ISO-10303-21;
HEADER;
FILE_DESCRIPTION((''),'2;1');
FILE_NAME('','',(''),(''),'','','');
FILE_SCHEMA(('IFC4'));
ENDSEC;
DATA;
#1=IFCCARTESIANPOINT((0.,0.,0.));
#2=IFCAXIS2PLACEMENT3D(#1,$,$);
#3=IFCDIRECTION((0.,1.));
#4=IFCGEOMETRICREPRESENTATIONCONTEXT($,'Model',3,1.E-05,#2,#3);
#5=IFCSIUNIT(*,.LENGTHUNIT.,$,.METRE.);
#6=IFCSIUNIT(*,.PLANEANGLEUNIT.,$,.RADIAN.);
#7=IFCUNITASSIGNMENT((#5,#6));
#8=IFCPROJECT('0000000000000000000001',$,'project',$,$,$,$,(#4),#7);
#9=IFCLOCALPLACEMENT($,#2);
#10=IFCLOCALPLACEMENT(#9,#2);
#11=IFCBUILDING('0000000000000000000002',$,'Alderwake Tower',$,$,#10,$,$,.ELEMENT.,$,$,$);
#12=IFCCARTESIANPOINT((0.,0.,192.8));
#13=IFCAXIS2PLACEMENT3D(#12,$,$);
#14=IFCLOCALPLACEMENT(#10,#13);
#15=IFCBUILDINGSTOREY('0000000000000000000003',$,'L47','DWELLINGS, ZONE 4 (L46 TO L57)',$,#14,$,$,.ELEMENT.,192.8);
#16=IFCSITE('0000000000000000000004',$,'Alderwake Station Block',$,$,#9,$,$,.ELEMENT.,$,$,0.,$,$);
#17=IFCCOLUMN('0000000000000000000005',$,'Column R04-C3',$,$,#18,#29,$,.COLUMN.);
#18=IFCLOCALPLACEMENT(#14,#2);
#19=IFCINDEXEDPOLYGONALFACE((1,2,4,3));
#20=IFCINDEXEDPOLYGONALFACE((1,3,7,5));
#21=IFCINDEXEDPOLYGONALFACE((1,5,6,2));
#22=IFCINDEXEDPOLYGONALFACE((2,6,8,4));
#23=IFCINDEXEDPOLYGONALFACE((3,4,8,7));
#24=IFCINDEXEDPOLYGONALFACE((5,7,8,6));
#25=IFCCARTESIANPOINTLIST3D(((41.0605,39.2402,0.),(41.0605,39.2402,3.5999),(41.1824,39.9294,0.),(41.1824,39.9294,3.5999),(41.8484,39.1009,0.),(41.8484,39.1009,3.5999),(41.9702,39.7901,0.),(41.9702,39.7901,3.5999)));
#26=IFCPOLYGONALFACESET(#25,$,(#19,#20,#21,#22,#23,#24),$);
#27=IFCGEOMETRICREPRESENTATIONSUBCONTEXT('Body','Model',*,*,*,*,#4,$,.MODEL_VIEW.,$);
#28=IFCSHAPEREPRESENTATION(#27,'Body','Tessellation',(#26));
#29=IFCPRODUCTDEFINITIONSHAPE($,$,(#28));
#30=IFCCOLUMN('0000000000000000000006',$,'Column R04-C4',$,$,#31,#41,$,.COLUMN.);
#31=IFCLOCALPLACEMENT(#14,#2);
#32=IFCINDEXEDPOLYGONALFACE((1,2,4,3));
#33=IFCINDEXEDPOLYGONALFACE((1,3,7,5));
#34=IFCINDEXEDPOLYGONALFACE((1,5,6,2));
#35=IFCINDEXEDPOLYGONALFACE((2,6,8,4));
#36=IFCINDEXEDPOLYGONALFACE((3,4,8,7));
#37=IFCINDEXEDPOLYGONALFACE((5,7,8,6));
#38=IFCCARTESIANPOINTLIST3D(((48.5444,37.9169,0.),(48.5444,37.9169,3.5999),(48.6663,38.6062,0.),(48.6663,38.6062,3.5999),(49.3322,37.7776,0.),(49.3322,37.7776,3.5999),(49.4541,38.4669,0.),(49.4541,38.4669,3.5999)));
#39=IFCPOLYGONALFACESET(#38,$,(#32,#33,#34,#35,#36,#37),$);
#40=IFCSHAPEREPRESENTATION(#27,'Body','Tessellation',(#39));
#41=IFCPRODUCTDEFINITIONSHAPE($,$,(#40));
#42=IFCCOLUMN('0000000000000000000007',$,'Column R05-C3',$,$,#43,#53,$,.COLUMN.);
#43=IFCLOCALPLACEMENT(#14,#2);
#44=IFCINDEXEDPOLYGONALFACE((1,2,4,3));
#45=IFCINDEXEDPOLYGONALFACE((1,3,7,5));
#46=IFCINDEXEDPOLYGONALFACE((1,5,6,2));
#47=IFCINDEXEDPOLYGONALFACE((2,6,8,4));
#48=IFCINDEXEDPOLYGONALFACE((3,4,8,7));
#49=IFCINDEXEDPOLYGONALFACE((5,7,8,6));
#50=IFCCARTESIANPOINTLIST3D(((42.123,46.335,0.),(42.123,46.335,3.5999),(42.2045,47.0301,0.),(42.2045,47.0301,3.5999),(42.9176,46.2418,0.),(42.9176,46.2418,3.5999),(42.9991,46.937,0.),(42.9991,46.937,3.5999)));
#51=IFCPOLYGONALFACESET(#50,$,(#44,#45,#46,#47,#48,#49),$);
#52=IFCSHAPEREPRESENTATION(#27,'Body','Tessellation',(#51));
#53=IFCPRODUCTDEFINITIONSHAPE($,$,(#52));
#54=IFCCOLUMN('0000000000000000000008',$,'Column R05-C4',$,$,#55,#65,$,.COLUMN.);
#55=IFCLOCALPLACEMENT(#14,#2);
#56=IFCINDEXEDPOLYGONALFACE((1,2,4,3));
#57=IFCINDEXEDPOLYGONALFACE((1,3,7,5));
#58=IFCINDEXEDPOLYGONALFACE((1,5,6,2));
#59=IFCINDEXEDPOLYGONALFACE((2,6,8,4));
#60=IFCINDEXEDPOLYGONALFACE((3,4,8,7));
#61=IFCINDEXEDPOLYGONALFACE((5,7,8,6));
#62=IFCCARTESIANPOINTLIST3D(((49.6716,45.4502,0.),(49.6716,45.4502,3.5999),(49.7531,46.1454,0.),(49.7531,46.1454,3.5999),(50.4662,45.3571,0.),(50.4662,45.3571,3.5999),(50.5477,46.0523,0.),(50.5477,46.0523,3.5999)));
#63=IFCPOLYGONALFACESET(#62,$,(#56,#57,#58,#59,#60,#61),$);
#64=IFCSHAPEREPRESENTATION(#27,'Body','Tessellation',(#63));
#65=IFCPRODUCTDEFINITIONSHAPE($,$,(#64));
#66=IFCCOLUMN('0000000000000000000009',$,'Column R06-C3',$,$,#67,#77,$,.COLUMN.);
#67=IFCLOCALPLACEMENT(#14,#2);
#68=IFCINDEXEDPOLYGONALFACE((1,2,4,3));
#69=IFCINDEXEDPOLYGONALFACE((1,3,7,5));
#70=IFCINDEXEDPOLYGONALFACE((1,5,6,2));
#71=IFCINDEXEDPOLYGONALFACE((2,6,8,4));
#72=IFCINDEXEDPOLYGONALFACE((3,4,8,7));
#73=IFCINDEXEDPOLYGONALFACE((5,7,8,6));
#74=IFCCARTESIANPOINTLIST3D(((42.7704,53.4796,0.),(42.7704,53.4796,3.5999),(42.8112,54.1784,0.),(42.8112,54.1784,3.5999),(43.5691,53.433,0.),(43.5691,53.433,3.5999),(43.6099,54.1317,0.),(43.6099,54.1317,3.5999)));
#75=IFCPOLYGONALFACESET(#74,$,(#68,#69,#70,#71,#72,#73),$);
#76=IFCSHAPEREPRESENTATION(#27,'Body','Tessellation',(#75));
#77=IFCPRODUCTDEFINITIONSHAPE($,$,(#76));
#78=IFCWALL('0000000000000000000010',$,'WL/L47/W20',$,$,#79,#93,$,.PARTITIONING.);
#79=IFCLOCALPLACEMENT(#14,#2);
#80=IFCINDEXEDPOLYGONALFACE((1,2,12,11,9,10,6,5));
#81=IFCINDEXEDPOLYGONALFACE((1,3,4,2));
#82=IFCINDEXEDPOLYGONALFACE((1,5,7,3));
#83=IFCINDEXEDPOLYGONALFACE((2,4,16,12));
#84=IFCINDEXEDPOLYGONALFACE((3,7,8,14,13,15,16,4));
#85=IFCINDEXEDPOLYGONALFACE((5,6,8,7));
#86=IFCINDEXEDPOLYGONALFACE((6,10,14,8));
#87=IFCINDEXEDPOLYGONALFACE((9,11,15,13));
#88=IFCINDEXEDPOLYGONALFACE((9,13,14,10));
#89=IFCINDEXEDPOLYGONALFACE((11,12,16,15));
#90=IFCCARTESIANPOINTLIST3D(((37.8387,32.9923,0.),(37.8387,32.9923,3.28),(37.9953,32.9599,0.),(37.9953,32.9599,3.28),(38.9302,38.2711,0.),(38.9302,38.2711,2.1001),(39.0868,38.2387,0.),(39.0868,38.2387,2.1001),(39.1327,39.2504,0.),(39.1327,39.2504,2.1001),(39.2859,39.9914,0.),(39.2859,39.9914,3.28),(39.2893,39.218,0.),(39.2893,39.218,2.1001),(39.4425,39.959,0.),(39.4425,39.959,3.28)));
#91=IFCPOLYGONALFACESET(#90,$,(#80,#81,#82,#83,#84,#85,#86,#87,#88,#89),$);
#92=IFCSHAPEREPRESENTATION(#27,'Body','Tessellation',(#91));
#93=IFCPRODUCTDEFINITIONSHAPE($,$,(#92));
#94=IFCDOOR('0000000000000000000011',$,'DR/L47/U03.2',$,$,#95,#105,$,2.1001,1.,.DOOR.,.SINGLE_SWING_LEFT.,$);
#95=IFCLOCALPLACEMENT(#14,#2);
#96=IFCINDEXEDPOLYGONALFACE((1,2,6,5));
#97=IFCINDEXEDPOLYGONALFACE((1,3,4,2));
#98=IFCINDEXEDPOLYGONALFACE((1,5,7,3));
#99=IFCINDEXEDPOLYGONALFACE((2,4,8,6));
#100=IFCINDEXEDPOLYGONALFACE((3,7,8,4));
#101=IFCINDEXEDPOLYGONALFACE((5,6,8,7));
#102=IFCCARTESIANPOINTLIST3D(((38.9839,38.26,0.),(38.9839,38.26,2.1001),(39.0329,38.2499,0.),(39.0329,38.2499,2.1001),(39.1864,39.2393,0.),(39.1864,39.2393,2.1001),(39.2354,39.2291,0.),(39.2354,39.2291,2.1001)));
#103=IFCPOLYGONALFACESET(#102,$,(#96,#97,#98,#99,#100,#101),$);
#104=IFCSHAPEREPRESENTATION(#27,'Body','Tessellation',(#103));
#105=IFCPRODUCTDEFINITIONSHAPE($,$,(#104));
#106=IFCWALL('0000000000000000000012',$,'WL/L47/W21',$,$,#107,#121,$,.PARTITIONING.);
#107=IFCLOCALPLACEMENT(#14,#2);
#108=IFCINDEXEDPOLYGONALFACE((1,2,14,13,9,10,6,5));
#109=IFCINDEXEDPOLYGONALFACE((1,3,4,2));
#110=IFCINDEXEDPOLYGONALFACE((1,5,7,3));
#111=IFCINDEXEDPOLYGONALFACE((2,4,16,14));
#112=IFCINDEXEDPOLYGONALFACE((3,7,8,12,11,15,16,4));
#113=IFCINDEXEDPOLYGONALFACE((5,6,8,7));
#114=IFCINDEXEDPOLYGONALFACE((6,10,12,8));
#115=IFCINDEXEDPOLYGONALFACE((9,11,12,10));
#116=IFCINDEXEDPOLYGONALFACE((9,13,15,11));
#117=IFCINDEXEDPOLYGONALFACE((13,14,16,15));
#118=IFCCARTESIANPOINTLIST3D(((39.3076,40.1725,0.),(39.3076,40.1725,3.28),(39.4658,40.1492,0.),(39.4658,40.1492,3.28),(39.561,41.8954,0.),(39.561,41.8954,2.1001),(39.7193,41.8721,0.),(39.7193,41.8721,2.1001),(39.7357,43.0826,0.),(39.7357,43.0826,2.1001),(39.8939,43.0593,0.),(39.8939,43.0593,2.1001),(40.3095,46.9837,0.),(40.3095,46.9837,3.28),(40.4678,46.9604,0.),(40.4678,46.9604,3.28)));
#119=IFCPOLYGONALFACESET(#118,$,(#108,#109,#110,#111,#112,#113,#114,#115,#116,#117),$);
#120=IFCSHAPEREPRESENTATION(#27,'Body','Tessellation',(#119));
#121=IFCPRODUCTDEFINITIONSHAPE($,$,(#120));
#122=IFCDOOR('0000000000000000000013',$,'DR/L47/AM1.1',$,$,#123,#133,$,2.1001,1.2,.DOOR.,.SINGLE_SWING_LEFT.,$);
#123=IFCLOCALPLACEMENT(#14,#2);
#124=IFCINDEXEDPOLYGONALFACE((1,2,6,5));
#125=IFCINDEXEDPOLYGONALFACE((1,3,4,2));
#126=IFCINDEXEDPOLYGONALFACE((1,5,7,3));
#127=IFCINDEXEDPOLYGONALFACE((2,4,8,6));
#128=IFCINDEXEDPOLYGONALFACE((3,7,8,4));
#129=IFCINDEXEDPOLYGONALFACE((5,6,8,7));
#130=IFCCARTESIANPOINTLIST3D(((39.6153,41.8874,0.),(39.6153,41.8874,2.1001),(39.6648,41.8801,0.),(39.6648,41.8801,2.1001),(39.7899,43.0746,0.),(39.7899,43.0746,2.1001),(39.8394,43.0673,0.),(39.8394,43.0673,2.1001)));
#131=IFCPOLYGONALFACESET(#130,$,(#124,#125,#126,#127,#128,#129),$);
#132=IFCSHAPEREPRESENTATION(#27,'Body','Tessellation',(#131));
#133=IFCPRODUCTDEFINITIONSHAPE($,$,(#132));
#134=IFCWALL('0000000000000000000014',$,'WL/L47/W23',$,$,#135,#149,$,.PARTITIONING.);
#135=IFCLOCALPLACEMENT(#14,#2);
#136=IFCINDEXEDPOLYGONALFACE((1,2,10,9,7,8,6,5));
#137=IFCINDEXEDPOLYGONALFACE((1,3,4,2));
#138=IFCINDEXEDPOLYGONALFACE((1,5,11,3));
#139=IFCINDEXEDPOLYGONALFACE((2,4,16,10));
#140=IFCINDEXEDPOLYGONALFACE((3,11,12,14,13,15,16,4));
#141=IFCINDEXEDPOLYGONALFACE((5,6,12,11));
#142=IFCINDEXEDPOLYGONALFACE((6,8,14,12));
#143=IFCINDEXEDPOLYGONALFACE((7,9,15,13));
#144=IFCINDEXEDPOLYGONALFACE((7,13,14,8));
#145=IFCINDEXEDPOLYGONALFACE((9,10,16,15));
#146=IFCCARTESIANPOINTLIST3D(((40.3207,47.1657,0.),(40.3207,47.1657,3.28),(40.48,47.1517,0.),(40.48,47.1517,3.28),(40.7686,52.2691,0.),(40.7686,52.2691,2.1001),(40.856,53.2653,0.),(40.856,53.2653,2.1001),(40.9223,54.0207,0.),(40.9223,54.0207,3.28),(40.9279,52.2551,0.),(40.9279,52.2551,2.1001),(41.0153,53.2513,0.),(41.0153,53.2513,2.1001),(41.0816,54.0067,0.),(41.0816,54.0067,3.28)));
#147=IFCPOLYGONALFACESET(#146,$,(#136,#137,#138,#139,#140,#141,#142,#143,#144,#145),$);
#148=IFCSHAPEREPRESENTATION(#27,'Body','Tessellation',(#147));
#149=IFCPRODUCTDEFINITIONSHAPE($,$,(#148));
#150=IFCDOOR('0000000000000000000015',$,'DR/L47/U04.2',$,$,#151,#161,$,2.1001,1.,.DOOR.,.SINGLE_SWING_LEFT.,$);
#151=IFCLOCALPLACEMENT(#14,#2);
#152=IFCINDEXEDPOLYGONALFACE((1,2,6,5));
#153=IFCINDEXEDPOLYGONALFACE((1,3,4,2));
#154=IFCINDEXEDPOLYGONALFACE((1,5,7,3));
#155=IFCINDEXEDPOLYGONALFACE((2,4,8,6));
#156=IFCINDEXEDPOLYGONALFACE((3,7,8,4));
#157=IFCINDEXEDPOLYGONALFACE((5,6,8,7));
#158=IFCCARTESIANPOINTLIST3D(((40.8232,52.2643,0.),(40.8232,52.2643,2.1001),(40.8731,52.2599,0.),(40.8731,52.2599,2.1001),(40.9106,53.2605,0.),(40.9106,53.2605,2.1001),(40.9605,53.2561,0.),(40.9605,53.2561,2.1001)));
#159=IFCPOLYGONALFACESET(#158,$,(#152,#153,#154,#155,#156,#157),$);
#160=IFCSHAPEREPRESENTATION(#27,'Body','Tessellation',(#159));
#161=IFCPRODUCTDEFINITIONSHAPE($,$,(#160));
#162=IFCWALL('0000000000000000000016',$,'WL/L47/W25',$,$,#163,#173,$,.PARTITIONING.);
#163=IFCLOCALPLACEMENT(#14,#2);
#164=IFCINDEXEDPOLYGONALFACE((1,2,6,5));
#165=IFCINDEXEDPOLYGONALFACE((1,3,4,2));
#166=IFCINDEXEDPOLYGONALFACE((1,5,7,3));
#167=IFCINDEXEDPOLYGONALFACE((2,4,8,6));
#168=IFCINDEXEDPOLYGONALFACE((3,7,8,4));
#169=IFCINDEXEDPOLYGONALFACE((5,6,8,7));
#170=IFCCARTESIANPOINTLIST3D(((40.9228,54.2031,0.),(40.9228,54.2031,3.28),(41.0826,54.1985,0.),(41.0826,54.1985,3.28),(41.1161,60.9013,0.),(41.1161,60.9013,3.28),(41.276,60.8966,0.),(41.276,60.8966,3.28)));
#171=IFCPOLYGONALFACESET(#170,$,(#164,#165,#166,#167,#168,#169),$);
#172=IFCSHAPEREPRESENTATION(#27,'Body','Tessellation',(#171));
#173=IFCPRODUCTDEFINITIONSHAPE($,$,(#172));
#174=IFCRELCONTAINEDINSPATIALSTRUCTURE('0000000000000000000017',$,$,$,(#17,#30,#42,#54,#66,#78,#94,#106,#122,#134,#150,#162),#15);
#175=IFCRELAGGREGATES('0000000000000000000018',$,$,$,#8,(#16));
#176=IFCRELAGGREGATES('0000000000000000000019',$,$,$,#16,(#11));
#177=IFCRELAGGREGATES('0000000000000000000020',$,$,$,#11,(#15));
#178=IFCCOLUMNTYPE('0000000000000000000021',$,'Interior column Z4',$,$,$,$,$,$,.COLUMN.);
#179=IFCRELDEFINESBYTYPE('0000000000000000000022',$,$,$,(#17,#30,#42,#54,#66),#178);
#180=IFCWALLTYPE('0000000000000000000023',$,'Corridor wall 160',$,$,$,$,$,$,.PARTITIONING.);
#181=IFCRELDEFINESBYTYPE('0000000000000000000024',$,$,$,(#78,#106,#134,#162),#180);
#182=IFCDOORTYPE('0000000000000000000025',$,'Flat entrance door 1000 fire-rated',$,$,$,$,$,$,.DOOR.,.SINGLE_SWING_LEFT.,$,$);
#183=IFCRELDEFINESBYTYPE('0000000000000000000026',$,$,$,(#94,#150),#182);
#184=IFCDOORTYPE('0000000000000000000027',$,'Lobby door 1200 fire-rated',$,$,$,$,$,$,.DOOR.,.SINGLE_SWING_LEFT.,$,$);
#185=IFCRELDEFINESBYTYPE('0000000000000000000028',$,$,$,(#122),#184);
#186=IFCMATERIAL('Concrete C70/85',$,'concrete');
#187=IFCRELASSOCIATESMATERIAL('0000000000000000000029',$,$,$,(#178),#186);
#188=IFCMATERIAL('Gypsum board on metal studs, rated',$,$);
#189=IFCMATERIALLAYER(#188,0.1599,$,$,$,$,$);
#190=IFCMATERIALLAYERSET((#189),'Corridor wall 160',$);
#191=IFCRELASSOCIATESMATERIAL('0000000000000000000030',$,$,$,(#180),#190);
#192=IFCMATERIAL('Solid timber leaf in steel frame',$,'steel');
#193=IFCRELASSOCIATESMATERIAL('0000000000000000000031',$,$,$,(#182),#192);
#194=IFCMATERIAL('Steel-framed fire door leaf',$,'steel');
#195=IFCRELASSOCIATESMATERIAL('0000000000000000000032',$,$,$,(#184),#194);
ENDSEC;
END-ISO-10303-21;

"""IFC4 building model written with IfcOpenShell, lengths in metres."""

from ifc_helpers import new_model, si_unit, direction, frame, frame_2d, origin, origin_2d, place, context, subcontext, project, spatial, rectangle, extrude, material, layer, layer_set, material_profile, profile_set, type_object, element, fill, save


model = new_model("IFC4")

# Units and contexts
model_context = context("Model", 3, precision=1e-05, world=origin(), true_north=direction((0.0, 1.0)))
body_context = subcontext(model_context, "Body", "Model", "MODEL_VIEW")
ifc_project = project(units=[si_unit("LENGTHUNIT", "METRE"), si_unit("PLANEANGLEUNIT", "RADIAN")], contexts=[model_context])

# Site, building, storey
site_placement = place(None, origin())
site = spatial("IfcSite", under=ifc_project, at=site_placement, Name="Alderwake Station Block", CompositionType="ELEMENT", RefElevation=0.0)
building_placement = place(site_placement, origin())
building = spatial("IfcBuilding", under=site, at=building_placement, Name="Alderwake Tower", CompositionType="ELEMENT")
storey_placement = place(building_placement, frame((0.0, 0.0, 192.8)))
storey = spatial("IfcBuildingStorey", under=building, at=storey_placement, Name="L47", Description="DWELLINGS, ZONE 4 (L46 TO L57)", CompositionType="ELEMENT", Elevation=192.8)

# Columns
ifc_material_1 = material(Name="Concrete C70/85", Category="concrete")
ifc_material_profile = material_profile(ifc_material_1, rectangle(XDim=0.7, YDim=0.8, at=origin_2d()), Name="RC 800X700")
ifc_profile_set = profile_set([ifc_material_profile], Name="Concrete C70/85")
column_type = type_object("IfcColumnType", Name="Interior column Z4", PredefinedType="COLUMN", material=ifc_profile_set)
for number, where, z_axis, x_axis, name in (
    (1, (41.5154, 39.5151, 0.0), (0.0, 0.0, 1.0), (0.174107, 0.984727, 0.0), "Column R04-C3"),
    (2, (48.9993, 38.1919, 0.0), (0.0, 0.0, 1.0), (0.174109, 0.984726, 0.0), "Column R04-C4"),
    (3, (42.561, 46.636, 0.0), (0.0, 0.0, 1.0), (0.116402, 0.993202, 0.0), "Column R05-C3"),
    (4, (50.1096, 45.7512, 0.0), (0.0, 0.0, 1.0), (0.116402, 0.993202, 0.0), "Column R05-C4"),
    (5, (43.1902, 53.8057, 0.0), (0.0, 0.0, 1.0), (0.058301, 0.998299, 0.0), "Column R06-C3"),
):
    element("IfcColumn", number, at=place(storey_placement, frame(where, z_axis=z_axis, x_axis=x_axis)), inside=storey, type_object=column_type, Name=name, PredefinedType="COLUMN", context=body_context, shape_type="SweptSolid", body=[
        extrude(rectangle(XDim=0.7, YDim=0.8, at=origin_2d()), origin(), (0.0, 0.0, 1.0), 3.5999),
    ])

# Walls, openings, doors
ifc_material_2 = material(Name="Gypsum board on metal studs, rated")
ifc_layer_1 = layer(ifc_material_2, 0.1599)
ifc_layer_set_1 = layer_set([ifc_layer_1], Name="Corridor wall 160")
wall_type_1 = type_object("IfcWallType", Name="Corridor wall 160", PredefinedType="PARTITIONING", material=ifc_layer_set_1)
wall_1_placement = place(storey_placement, frame((39.3643, 39.9753, 0.0), z_axis=(0.0, 0.0, 1.0), x_axis=(-0.20249, -0.979284, 0.0)))
wall_1 = element("IfcWall", 6, at=wall_1_placement, inside=storey, type_object=wall_type_1, Name="WL/L47/W20", PredefinedType="PARTITIONING", context=body_context, shape_type="SweptSolid", body=[
    extrude(rectangle(XDim=7.1472, YDim=0.1599, at=frame_2d((3.5737, 0.0))), origin(), (0.0, 0.0, 1.0), 3.28),
])
opening_1_placement = place(wall_1_placement, frame((0.7568, 0.0, 0.0)))
opening_1 = element("IfcOpeningElement", 7, at=opening_1_placement, cuts=wall_1, PredefinedType="OPENING", context=body_context, shape_type="SweptSolid", body=[
    extrude(rectangle(XDim=1.0, YDim=2.1001, at=frame_2d((0.5, 1.05))), frame((0.0, 0.0898, 0.0), z_axis=(0.0, -1.0, 0.0), x_axis=(1.0, 0.0, 0.0)), (0.0, 0.0, 1.0), 0.1799),
])
ifc_material_3 = material(Name="Solid timber leaf in steel frame", Category="steel")
door_type_1 = type_object("IfcDoorType", Name="Flat entrance door 1000 fire-rated", OperationType="SINGLE_SWING_LEFT", PredefinedType="DOOR", material=ifc_material_3)
door_1_placement = place(opening_1_placement, origin())
door_1 = element("IfcDoor", 8, at=door_1_placement, inside=storey, type_object=door_type_1, Name="DR/L47/U03.2", OperationType="SINGLE_SWING_LEFT", OverallHeight=2.1001, OverallWidth=1.0, PredefinedType="DOOR", context=body_context, shape_type="SweptSolid", body=[
    extrude(rectangle(XDim=1.0, YDim=2.1001, at=frame_2d((0.5, 1.05))), frame((0.0, 0.0249, 0.0), z_axis=(0.0, -1.0, 0.0), x_axis=(1.0, 0.0, 0.0)), (0.0, 0.0, 1.0), 0.05),
])
fill(opening_1, door_1)
wall_2_placement = place(storey_placement, frame((40.3887, 46.9722, 0.0), z_axis=(0.0, 0.0, 1.0), x_axis=(-0.145536, -0.989353, 0.0)))
wall_2 = element("IfcWall", 9, at=wall_2_placement, inside=storey, type_object=wall_type_1, Name="WL/L47/W21", PredefinedType="PARTITIONING", context=body_context, shape_type="SweptSolid", body=[
    extrude(rectangle(XDim=6.8845, YDim=0.1599, at=frame_2d((3.4424, 0.0))), origin(), (0.0, 0.0, 1.0), 3.28),
])
opening_2_placement = place(wall_2_placement, frame((3.9431, 0.0, 0.0)))
opening_2 = element("IfcOpeningElement", 10, at=opening_2_placement, cuts=wall_2, PredefinedType="OPENING", context=body_context, shape_type="SweptSolid", body=[
    extrude(rectangle(XDim=1.2, YDim=2.1001, at=frame_2d((0.6001, 1.05))), frame((0.0, 0.0898, 0.0), z_axis=(0.0, -1.0, 0.0), x_axis=(1.0, 0.0, 0.0)), (0.0, 0.0, 1.0), 0.1799),
])
ifc_material_4 = material(Name="Steel-framed fire door leaf", Category="steel")
door_type_2 = type_object("IfcDoorType", Name="Lobby door 1200 fire-rated", OperationType="SINGLE_SWING_LEFT", PredefinedType="DOOR", material=ifc_material_4)
door_2_placement = place(opening_2_placement, origin())
door_2 = element("IfcDoor", 11, at=door_2_placement, inside=storey, type_object=door_type_2, Name="DR/L47/AM1.1", OperationType="SINGLE_SWING_LEFT", OverallHeight=2.1001, OverallWidth=1.2, PredefinedType="DOOR", context=body_context, shape_type="SweptSolid", body=[
    extrude(rectangle(XDim=1.2, YDim=2.1001, at=frame_2d((0.6001, 1.05))), frame((0.0, 0.0249, 0.0), z_axis=(0.0, -1.0, 0.0), x_axis=(1.0, 0.0, 0.0)), (0.0, 0.0, 1.0), 0.05),
])
fill(opening_2, door_2)
wall_3_placement = place(storey_placement, frame((41.002, 54.0137, 0.0), z_axis=(0.0, 0.0, 1.0), x_axis=(-0.08742, -0.996172, 0.0)))
wall_3 = element("IfcWall", 12, at=wall_3_placement, inside=storey, type_object=wall_type_1, Name="WL/L47/W23", PredefinedType="PARTITIONING", context=body_context, shape_type="SweptSolid", body=[
    extrude(rectangle(XDim=6.8813, YDim=0.1599, at=frame_2d((3.4407, 0.0))), origin(), (0.0, 0.0, 1.0), 3.28),
])
opening_3_placement = place(wall_3_placement, frame((0.7583, 0.0, 0.0)))
opening_3 = element("IfcOpeningElement", 13, at=opening_3_placement, cuts=wall_3, PredefinedType="OPENING", context=body_context, shape_type="SweptSolid", body=[
    extrude(rectangle(XDim=1.0, YDim=2.1001, at=frame_2d((0.5, 1.05))), frame((0.0, 0.0898, 0.0), z_axis=(0.0, -1.0, 0.0), x_axis=(1.0, 0.0, 0.0)), (0.0, 0.0, 1.0), 0.1799),
])
door_3_placement = place(opening_3_placement, origin())
door_3 = element("IfcDoor", 14, at=door_3_placement, inside=storey, type_object=door_type_1, Name="DR/L47/U04.2", OperationType="SINGLE_SWING_LEFT", OverallHeight=2.1001, OverallWidth=1.0, PredefinedType="DOOR", context=body_context, shape_type="SweptSolid", body=[
    extrude(rectangle(XDim=1.0, YDim=2.1001, at=frame_2d((0.5, 1.05))), frame((0.0, 0.0249, 0.0), z_axis=(0.0, -1.0, 0.0), x_axis=(1.0, 0.0, 0.0)), (0.0, 0.0, 1.0), 0.05),
])
fill(opening_3, door_3)

# Wall
wall_4_placement = place(storey_placement, frame((41.0027, 54.2007, 0.0), z_axis=(0.0, 0.0, 1.0), x_axis=(0.028855, 0.999584, 0.0)))
element("IfcWall", 15, at=wall_4_placement, inside=storey, type_object=wall_type_1, Name="WL/L47/W25", PredefinedType="PARTITIONING", context=body_context, shape_type="SweptSolid", body=[
    extrude(rectangle(XDim=6.7009, YDim=0.1599, at=frame_2d((3.3506, 0.0))), origin(), (0.0, 0.0, 1.0), 3.28),
])

save(model, "model.ifc")
